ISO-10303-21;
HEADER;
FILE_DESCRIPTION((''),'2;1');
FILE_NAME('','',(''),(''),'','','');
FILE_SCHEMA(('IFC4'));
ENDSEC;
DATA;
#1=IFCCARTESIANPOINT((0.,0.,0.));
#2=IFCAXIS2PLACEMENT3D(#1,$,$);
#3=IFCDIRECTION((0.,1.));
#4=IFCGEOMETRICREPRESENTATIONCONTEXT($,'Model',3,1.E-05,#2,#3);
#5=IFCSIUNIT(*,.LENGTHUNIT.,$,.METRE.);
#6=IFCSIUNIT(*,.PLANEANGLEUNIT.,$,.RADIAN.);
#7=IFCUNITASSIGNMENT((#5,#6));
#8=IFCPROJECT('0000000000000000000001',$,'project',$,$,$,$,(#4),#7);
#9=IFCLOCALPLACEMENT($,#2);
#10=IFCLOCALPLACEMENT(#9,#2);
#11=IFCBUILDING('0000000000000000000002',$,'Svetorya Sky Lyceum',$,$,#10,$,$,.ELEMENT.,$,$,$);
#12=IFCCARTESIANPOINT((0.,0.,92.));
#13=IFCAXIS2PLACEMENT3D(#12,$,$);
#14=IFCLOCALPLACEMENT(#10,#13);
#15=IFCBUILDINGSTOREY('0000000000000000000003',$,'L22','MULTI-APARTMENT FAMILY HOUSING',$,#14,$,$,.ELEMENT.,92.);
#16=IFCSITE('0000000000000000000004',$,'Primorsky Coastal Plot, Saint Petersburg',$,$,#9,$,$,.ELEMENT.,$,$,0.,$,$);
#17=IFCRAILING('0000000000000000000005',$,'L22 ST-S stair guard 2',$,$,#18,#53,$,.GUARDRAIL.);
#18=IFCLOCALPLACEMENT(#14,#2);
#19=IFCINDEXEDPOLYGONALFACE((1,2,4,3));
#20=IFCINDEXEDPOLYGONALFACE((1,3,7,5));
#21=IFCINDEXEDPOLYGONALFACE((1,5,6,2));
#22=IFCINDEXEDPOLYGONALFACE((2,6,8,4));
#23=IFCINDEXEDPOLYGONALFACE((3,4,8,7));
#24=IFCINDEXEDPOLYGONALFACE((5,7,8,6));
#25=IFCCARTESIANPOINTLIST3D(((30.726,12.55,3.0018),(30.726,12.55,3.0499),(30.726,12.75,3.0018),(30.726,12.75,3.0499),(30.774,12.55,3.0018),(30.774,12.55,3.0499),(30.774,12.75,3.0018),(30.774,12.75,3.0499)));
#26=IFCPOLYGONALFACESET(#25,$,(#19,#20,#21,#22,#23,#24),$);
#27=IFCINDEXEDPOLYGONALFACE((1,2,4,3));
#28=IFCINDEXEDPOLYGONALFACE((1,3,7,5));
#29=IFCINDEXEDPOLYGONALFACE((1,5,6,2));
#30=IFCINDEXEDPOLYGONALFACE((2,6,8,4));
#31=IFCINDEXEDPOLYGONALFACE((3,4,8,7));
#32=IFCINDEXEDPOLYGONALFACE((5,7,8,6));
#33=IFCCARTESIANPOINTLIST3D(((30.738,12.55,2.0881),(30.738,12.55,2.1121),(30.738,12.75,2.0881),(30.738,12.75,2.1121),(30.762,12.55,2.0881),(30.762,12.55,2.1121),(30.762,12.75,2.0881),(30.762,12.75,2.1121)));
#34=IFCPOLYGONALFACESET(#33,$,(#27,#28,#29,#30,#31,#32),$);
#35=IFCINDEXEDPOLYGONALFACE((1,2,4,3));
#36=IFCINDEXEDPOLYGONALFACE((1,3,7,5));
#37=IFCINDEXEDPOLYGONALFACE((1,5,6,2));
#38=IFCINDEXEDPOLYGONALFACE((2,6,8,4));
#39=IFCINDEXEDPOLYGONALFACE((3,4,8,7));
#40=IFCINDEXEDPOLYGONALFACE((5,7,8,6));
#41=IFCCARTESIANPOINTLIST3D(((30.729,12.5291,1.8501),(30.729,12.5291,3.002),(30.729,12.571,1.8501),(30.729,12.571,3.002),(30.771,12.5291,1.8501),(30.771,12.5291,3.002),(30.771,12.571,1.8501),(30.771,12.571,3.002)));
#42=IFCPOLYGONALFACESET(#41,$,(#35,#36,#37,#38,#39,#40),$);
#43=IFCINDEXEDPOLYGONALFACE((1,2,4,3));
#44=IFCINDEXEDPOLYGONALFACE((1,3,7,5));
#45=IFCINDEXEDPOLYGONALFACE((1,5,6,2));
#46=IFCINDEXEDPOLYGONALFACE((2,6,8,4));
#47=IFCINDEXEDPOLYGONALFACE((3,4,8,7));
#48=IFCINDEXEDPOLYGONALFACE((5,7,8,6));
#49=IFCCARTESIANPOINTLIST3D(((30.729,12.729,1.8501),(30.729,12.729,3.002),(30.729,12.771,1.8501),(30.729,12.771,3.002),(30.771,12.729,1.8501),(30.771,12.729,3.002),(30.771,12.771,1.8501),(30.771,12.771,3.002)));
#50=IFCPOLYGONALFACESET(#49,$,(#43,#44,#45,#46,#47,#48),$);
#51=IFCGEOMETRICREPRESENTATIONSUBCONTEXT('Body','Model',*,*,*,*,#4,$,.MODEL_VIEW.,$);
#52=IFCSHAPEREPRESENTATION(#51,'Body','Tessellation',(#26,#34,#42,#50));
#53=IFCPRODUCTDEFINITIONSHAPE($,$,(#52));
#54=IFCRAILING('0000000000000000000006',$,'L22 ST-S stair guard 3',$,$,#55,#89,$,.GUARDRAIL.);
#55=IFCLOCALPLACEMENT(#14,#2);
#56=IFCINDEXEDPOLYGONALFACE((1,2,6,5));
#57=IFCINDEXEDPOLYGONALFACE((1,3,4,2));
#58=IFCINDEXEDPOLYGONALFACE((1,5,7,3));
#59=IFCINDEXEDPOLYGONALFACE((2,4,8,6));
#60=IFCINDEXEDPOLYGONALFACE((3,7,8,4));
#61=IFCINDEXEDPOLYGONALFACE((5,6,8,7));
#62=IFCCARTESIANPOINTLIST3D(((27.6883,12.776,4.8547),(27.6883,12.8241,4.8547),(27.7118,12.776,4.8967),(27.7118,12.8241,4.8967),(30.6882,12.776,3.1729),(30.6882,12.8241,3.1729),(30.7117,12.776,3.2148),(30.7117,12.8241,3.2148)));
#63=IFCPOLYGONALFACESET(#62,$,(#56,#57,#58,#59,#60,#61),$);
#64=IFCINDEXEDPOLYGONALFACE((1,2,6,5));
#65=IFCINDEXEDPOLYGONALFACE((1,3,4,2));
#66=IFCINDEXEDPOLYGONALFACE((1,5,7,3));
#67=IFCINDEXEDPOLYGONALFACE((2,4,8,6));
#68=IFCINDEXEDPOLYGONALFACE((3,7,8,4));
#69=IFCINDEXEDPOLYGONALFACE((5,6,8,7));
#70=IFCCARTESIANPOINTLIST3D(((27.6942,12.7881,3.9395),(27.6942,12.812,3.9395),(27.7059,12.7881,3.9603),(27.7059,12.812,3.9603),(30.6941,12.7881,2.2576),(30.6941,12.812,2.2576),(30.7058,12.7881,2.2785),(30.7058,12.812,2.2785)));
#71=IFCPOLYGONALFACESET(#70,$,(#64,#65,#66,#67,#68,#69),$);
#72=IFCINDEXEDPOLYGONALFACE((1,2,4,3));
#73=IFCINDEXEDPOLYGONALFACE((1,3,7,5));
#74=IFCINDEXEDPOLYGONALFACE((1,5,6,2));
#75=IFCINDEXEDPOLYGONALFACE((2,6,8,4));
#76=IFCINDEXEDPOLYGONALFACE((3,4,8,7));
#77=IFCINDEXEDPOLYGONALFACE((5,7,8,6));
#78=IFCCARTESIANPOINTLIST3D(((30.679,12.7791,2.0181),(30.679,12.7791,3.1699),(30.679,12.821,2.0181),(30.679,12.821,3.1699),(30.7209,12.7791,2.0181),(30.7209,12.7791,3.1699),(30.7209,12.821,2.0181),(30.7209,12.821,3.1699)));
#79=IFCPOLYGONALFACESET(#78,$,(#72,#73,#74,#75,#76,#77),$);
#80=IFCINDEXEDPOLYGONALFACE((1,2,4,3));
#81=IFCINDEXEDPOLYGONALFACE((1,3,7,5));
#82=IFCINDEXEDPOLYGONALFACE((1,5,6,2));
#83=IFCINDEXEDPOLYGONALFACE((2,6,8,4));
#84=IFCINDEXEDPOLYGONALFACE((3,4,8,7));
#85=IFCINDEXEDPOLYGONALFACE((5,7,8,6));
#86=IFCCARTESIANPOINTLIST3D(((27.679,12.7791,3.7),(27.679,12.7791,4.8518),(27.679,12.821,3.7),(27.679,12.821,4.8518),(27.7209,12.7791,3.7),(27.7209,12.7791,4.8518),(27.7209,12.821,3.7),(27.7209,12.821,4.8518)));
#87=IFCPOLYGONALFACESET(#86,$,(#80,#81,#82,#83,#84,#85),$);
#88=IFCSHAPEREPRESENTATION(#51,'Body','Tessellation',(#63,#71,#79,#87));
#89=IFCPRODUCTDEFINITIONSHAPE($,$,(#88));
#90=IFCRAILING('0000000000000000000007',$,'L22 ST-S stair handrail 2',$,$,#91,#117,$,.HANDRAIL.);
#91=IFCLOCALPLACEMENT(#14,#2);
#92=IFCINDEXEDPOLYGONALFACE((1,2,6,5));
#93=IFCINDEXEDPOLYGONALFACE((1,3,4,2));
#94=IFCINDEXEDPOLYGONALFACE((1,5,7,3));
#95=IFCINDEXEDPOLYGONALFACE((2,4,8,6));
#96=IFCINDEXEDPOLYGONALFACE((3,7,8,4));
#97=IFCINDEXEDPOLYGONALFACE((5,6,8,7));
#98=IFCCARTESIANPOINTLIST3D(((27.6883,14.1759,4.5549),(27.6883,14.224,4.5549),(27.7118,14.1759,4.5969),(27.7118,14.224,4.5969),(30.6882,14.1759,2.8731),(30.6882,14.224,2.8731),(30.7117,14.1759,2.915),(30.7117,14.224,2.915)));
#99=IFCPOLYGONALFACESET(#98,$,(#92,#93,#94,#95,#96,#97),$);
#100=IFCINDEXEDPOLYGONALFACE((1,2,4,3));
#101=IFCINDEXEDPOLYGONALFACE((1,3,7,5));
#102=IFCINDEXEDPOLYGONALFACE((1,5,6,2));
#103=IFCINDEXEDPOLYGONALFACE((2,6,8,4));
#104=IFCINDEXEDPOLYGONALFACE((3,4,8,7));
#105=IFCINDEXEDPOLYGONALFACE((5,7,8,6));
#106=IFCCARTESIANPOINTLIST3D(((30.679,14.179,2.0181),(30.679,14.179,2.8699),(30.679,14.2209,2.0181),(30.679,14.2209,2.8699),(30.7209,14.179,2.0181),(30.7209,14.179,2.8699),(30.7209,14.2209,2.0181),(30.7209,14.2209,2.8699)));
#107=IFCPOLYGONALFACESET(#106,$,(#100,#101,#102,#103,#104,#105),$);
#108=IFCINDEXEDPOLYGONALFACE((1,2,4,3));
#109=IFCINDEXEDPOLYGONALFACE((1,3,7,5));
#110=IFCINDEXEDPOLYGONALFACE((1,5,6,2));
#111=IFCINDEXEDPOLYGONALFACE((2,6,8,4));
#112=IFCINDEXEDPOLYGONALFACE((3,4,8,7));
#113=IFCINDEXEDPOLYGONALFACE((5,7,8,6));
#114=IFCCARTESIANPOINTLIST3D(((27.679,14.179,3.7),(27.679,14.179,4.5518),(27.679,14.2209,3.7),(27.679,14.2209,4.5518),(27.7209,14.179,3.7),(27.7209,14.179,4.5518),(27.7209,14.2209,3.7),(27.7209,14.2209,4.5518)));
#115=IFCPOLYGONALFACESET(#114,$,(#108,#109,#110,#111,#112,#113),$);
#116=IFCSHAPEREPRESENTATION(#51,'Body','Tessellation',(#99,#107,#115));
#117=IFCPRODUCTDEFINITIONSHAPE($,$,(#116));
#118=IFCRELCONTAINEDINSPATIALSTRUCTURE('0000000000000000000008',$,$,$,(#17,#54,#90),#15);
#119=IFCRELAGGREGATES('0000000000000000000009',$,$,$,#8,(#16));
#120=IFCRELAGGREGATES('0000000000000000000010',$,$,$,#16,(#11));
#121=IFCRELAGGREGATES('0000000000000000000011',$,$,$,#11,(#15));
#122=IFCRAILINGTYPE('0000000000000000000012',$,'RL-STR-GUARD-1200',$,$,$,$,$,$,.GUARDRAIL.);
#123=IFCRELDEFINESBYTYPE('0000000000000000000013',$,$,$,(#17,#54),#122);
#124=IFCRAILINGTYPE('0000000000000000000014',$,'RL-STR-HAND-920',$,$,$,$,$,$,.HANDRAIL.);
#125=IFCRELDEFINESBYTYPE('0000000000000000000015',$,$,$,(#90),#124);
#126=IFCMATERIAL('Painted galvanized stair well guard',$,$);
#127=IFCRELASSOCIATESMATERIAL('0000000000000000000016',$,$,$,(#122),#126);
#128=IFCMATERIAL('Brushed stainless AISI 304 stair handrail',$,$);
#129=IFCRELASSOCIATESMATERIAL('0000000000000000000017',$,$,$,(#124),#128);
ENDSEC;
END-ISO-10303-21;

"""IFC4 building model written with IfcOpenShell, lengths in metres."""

from ifc_helpers import new_model, si_unit, direction, frame, origin, origin_2d, place, context, subcontext, project, spatial, rectangle, extrude, material, type_object, element, save


model = new_model("IFC4")

# Units and contexts
model_context = context("Model", 3, precision=1e-05, world=origin(), true_north=direction((0.0, 1.0)))
body_context = subcontext(model_context, "Body", "Model", "MODEL_VIEW")
ifc_project = project(units=[si_unit("LENGTHUNIT", "METRE"), si_unit("PLANEANGLEUNIT", "RADIAN")], contexts=[model_context])

# Site, building, storey
site_placement = place(None, origin())
site = spatial("IfcSite", under=ifc_project, at=site_placement, Name="Primorsky Coastal Plot, Saint Petersburg", CompositionType="ELEMENT", RefElevation=0.0)
building_placement = place(site_placement, origin())
building = spatial("IfcBuilding", under=site, at=building_placement, Name="Svetorya Sky Lyceum", CompositionType="ELEMENT")
storey_placement = place(building_placement, frame((0.0, 0.0, 92.0)))
storey = spatial("IfcBuildingStorey", under=building, at=storey_placement, Name="L22", Description="MULTI-APARTMENT FAMILY HOUSING", CompositionType="ELEMENT", Elevation=92.0)

# Railings
ifc_material_1 = material(Name="Painted galvanized stair well guard")
railing_type_1 = type_object("IfcRailingType", Name="RL-STR-GUARD-1200", PredefinedType="GUARDRAIL", material=ifc_material_1)
railing_1_placement = place(storey_placement, frame((30.75, 12.55, 1.8501)))
element("IfcRailing", 1, at=railing_1_placement, inside=storey, type_object=railing_type_1, Name="L22 ST-S stair guard 2", PredefinedType="GUARDRAIL", context=body_context, shape_type="SweptSolid", body=[
    extrude(rectangle(XDim=0.0481, YDim=0.0481, at=origin_2d()), frame((0.0, 0.0, 1.1758), z_axis=(0.0, 1.0, 0.0), x_axis=(-1.0, 0.0, 0.0)), (0.0, 0.0, 1.0), 0.2),
    extrude(rectangle(XDim=0.0239, YDim=0.0239, at=origin_2d()), frame((0.0, 0.0, 0.25), z_axis=(0.0, 1.0, 0.0), x_axis=(-1.0, 0.0, 0.0)), (0.0, 0.0, 1.0), 0.2),
    extrude(rectangle(XDim=0.042, YDim=0.042, at=origin_2d()), origin(), (0.0, 0.0, 1.0), 1.1519),
    extrude(rectangle(XDim=0.042, YDim=0.042, at=origin_2d()), frame((0.0, 0.2, 0.0)), (0.0, 0.0, 1.0), 1.1519),
])
railing_2_placement = place(storey_placement, frame((30.7, 12.8, 2.0181)))
element("IfcRailing", 2, at=railing_2_placement, inside=storey, type_object=railing_type_1, Name="L22 ST-S stair guard 3", PredefinedType="GUARDRAIL", context=body_context, shape_type="SweptSolid", body=[
    extrude(rectangle(XDim=0.0481, YDim=0.0481, at=origin_2d()), frame((0.0, 0.0, 1.1758), z_axis=(-0.872272, 0.0, 0.48902), x_axis=(0.0, -1.0, 0.0)), (0.0, 0.0, 1.0), 3.4392),
    extrude(rectangle(XDim=0.0239, YDim=0.0239, at=origin_2d()), frame((0.0, 0.0, 0.25), z_axis=(-0.872272, 0.0, 0.48902), x_axis=(0.0, -1.0, 0.0)), (0.0, 0.0, 1.0), 3.4392),
    extrude(rectangle(XDim=0.042, YDim=0.042, at=origin_2d()), origin(), (0.0, 0.0, 1.0), 1.1519),
    extrude(rectangle(XDim=0.042, YDim=0.042, at=origin_2d()), frame((-3.0, 0.0, 1.6819)), (0.0, 0.0, 1.0), 1.1519),
])
ifc_material_2 = material(Name="Brushed stainless AISI 304 stair handrail")
railing_type_2 = type_object("IfcRailingType", Name="RL-STR-HAND-920", PredefinedType="HANDRAIL", material=ifc_material_2)
railing_3_placement = place(storey_placement, frame((30.7, 14.2, 2.0181)))
element("IfcRailing", 3, at=railing_3_placement, inside=storey, type_object=railing_type_2, Name="L22 ST-S stair handrail 2", PredefinedType="HANDRAIL", context=body_context, shape_type="SweptSolid", body=[
    extrude(rectangle(XDim=0.0481, YDim=0.0481, at=origin_2d()), frame((0.0, 0.0, 0.876), z_axis=(-0.872272, 0.0, 0.48902), x_axis=(0.0, -1.0, 0.0)), (0.0, 0.0, 1.0), 3.4392),
    extrude(rectangle(XDim=0.042, YDim=0.042, at=origin_2d()), origin(), (0.0, 0.0, 1.0), 0.8518),
    extrude(rectangle(XDim=0.042, YDim=0.042, at=origin_2d()), frame((-3.0, 0.0, 1.6819)), (0.0, 0.0, 1.0), 0.8518),
])

save(model, "model.ifc")
